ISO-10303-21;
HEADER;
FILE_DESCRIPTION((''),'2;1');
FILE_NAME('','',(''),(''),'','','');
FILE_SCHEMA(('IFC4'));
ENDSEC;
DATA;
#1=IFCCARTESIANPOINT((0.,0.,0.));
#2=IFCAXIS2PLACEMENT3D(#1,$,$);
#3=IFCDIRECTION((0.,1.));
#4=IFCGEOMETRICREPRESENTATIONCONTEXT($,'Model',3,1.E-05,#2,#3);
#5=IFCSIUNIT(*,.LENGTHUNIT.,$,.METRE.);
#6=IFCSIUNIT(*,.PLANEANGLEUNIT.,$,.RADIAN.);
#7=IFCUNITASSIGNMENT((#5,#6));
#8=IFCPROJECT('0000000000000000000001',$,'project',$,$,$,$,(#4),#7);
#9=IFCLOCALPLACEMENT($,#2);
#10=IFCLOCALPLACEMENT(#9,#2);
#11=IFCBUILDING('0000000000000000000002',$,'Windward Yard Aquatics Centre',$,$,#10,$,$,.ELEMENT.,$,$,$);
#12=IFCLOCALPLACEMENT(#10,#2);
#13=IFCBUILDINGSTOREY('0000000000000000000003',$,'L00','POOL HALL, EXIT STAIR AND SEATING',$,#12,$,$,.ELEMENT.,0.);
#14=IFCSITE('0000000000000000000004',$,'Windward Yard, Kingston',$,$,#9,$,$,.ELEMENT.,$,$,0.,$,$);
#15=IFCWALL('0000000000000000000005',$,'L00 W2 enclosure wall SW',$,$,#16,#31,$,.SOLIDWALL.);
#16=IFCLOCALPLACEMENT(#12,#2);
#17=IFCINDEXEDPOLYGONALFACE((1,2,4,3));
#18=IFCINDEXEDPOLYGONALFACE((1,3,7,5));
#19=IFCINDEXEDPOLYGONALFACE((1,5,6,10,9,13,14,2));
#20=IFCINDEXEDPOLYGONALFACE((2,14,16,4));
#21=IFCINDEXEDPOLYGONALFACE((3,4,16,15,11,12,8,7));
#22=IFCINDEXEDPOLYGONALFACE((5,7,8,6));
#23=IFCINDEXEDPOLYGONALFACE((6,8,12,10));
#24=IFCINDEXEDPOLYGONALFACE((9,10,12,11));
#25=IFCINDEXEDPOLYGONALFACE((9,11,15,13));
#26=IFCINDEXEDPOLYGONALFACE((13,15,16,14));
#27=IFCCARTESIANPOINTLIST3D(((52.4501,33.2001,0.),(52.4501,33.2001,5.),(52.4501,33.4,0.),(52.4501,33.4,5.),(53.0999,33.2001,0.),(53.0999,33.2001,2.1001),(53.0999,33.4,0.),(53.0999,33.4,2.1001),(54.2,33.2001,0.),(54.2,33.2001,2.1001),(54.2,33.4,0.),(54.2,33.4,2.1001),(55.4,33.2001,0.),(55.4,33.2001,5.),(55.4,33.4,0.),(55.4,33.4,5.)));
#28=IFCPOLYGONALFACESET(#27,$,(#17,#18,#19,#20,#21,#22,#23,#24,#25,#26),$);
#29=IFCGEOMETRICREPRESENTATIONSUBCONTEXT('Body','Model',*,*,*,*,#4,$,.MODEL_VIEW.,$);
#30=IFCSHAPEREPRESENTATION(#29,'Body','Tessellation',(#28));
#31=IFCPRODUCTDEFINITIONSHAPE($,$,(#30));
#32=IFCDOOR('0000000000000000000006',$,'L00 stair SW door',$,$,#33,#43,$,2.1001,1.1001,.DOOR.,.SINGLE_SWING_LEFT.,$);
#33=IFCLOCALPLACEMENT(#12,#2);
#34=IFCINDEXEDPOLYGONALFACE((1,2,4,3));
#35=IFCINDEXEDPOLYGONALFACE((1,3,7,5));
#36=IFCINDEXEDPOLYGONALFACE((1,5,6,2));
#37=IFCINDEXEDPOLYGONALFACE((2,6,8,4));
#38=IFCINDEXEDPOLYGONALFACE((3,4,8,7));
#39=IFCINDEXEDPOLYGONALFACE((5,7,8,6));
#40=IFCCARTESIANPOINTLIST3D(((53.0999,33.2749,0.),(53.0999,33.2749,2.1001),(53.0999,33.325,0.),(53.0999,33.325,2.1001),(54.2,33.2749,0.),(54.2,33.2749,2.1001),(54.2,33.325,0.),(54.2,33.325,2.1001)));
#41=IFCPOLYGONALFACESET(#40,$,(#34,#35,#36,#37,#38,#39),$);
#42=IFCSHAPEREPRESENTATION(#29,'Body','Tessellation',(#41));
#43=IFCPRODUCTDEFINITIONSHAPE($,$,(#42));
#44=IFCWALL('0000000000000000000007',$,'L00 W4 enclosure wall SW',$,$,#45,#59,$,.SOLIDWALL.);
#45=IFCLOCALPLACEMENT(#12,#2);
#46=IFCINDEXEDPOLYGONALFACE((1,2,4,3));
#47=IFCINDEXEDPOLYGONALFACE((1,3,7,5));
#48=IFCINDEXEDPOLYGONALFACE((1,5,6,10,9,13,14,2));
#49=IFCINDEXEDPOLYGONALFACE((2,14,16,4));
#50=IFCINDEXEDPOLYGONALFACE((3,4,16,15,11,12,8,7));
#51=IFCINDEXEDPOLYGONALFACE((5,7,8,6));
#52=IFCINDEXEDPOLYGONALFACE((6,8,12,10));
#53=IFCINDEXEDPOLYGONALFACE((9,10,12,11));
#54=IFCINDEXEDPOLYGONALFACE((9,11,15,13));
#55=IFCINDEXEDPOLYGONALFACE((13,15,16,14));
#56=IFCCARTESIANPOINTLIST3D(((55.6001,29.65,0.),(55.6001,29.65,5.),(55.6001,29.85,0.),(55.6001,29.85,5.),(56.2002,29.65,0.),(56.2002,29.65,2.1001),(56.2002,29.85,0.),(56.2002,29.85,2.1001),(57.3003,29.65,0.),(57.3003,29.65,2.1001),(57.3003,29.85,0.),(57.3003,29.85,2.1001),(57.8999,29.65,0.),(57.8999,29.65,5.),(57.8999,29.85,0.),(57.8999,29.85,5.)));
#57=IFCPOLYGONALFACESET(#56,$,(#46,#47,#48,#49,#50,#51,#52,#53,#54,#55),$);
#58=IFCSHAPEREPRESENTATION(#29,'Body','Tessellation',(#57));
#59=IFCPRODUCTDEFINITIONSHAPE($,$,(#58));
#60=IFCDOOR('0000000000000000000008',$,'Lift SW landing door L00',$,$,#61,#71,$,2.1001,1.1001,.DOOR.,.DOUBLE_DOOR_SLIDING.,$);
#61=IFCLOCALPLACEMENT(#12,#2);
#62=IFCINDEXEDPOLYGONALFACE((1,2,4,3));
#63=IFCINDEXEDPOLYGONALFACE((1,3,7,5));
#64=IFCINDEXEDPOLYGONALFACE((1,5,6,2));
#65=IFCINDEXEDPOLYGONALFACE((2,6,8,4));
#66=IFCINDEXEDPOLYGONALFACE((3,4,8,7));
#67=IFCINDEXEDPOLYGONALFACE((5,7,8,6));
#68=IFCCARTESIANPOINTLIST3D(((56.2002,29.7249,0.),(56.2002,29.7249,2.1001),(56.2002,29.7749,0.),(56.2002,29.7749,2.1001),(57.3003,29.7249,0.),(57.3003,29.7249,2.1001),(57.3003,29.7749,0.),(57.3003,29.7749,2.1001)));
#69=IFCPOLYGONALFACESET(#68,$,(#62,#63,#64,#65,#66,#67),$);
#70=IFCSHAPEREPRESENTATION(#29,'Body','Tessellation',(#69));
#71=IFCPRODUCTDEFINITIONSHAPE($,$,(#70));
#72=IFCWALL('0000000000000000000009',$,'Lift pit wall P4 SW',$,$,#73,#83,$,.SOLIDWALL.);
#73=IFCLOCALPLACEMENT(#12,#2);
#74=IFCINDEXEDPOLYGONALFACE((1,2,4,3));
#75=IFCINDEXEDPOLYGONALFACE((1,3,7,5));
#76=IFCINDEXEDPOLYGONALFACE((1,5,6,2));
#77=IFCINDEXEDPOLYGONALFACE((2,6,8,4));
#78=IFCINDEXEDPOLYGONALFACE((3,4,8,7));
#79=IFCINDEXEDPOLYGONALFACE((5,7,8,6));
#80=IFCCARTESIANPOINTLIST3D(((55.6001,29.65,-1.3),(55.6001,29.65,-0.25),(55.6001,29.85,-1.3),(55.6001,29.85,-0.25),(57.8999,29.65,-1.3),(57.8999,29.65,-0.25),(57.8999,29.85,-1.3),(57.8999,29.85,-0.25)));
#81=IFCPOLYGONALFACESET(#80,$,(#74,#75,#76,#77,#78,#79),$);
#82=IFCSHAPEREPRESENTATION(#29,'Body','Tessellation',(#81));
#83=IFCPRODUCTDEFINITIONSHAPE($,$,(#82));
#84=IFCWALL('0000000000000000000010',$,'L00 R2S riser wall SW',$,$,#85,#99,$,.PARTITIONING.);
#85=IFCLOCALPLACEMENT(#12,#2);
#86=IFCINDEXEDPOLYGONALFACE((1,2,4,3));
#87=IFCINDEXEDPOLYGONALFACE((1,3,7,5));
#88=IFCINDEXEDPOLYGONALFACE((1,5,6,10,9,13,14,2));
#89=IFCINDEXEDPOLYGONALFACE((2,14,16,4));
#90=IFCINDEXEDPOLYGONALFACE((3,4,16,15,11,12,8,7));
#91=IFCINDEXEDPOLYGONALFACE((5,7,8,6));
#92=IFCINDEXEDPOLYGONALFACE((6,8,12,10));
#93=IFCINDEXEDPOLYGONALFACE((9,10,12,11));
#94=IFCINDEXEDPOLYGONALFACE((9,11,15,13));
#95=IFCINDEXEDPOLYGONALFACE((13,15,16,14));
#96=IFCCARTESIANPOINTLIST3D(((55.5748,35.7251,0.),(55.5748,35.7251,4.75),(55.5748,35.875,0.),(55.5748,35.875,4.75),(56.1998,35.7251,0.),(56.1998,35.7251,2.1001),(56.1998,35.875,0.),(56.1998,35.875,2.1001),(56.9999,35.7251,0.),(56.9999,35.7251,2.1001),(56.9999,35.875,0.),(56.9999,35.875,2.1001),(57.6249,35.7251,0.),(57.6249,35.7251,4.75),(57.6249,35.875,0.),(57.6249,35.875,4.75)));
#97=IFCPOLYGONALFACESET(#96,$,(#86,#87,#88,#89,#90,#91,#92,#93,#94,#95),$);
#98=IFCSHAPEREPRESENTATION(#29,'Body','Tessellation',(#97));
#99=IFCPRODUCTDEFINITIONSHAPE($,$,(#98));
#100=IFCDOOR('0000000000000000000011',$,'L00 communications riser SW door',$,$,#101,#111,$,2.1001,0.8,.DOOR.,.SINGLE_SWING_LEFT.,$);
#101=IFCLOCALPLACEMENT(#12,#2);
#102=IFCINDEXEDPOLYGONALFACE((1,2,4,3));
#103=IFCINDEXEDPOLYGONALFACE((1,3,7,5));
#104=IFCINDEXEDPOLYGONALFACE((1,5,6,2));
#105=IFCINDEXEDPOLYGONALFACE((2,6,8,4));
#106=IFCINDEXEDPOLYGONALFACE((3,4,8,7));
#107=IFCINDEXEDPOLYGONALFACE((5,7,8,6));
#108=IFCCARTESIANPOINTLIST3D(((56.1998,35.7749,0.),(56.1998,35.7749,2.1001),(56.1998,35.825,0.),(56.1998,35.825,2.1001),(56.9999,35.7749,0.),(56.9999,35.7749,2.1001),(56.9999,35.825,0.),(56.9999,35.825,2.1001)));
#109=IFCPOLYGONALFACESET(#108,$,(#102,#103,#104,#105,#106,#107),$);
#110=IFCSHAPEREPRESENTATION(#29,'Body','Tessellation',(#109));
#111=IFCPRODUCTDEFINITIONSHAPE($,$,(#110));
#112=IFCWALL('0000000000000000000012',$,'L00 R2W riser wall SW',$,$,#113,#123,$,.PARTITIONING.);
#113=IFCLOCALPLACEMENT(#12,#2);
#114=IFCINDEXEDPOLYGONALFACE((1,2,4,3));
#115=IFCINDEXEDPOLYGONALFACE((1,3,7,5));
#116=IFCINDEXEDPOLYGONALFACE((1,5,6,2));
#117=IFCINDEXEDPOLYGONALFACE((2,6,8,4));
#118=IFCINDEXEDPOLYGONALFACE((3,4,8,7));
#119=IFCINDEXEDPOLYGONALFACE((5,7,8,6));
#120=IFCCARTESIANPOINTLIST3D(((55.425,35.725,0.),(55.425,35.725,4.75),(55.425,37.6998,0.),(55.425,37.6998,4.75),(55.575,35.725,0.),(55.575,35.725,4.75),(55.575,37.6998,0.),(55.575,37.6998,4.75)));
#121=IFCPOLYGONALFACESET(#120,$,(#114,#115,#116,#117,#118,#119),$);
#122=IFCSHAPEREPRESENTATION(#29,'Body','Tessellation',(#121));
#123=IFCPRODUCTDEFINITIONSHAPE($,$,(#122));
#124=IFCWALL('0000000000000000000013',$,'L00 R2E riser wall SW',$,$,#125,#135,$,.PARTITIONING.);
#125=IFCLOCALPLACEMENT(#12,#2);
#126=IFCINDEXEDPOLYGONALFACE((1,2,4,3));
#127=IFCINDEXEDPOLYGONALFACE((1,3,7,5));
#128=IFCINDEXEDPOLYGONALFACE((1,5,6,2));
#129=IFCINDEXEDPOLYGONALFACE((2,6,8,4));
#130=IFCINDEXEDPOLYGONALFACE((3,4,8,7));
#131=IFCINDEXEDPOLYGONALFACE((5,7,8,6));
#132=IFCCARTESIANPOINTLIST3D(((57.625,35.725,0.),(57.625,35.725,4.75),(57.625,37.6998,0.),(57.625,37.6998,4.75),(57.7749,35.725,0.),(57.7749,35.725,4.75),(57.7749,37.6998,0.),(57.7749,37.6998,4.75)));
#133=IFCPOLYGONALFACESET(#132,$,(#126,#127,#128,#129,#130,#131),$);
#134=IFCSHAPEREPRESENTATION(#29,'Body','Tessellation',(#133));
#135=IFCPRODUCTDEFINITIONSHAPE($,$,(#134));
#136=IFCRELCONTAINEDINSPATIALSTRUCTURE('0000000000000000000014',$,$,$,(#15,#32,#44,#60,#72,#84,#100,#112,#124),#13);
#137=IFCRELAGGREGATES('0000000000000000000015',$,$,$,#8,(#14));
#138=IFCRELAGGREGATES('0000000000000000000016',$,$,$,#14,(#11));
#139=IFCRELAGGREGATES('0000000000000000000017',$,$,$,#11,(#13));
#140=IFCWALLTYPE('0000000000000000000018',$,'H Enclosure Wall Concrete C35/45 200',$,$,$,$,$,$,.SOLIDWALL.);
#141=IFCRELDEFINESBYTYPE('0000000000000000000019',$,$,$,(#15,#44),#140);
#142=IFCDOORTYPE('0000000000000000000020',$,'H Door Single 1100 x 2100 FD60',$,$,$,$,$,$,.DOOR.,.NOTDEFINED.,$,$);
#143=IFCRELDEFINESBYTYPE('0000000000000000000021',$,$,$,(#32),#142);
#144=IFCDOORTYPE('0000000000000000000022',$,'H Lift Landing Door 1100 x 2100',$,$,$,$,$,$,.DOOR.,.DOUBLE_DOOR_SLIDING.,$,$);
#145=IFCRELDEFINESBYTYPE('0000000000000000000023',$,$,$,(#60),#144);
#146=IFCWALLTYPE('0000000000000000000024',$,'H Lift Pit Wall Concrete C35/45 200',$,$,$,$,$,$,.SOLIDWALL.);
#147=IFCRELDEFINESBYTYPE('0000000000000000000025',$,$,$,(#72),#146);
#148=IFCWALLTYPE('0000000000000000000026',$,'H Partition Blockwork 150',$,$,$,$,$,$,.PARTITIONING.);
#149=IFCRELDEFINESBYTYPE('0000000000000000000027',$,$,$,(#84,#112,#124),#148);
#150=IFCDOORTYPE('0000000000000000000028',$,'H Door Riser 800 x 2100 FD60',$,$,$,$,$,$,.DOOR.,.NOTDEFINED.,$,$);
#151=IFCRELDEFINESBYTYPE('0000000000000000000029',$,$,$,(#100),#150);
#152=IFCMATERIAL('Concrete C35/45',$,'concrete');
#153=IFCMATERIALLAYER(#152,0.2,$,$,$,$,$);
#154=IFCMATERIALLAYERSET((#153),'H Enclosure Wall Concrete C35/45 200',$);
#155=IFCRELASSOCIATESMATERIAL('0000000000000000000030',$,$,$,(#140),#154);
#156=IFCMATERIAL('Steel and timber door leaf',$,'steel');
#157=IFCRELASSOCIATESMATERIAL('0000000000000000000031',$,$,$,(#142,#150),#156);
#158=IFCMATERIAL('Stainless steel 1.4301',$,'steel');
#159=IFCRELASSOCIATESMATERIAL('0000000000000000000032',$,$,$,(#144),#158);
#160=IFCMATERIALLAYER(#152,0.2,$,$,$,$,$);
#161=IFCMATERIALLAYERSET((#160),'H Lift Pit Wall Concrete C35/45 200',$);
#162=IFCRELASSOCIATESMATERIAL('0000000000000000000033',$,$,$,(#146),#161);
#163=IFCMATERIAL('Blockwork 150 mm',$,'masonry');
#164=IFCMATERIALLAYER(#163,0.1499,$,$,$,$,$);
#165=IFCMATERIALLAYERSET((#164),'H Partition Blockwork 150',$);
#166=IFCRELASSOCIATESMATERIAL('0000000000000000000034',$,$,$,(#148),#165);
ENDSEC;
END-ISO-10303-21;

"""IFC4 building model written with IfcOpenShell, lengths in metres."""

from ifc_helpers import new_model, si_unit, direction, frame, frame_2d, origin, place, context, subcontext, project, spatial, rectangle, extrude, material, layer, layer_set, type_object, element, fill, save


model = new_model("IFC4")

# Units and contexts
model_context = context("Model", 3, precision=1e-05, world=origin(), true_north=direction((0.0, 1.0)))
body_context = subcontext(model_context, "Body", "Model", "MODEL_VIEW")
ifc_project = project(units=[si_unit("LENGTHUNIT", "METRE"), si_unit("PLANEANGLEUNIT", "RADIAN")], contexts=[model_context])

# Site, building, storey
site_placement = place(None, origin())
site = spatial("IfcSite", under=ifc_project, at=site_placement, Name="Windward Yard, Kingston", CompositionType="ELEMENT", RefElevation=0.0)
building_placement = place(site_placement, origin())
building = spatial("IfcBuilding", under=site, at=building_placement, Name="Windward Yard Aquatics Centre", CompositionType="ELEMENT")
storey_placement = place(building_placement, origin())
storey = spatial("IfcBuildingStorey", under=building, at=storey_placement, Name="L00", Description="POOL HALL, EXIT STAIR AND SEATING", CompositionType="ELEMENT", Elevation=0.0)

# Shared definitions
ifc_material_1 = material(Name="Concrete C35/45", Category="concrete")

# Walls, openings, doors
ifc_layer_1 = layer(ifc_material_1, 0.2)
ifc_layer_set_1 = layer_set([ifc_layer_1], Name="H Enclosure Wall Concrete C35/45 200")
wall_type_1 = type_object("IfcWallType", Name="H Enclosure Wall Concrete C35/45 200", PredefinedType="SOLIDWALL", material=ifc_layer_set_1)
wall_1_placement = place(storey_placement, frame((52.45, 33.3, 0.0), z_axis=(0.0, 0.0, 1.0), x_axis=(1.0, 0.0, 0.0)))
wall_1 = element("IfcWall", 1, at=wall_1_placement, inside=storey, type_object=wall_type_1, Name="L00 W2 enclosure wall SW", PredefinedType="SOLIDWALL", context=body_context, shape_type="SweptSolid", body=[
    extrude(rectangle(XDim=2.95, YDim=0.2, at=frame_2d((1.4751, 0.0))), origin(), (0.0, 0.0, 1.0), 5.0),
])
opening_1_placement = place(wall_1_placement, frame((0.6499, 0.0, 0.0)))
opening_1 = element("IfcOpeningElement", 2, at=opening_1_placement, cuts=wall_1, PredefinedType="OPENING", context=body_context, shape_type="SweptSolid", body=[
    extrude(rectangle(XDim=1.1001, YDim=2.1001, at=frame_2d((0.55, 1.05))), frame((0.0, 0.1099, 0.0), z_axis=(0.0, -1.0, 0.0), x_axis=(1.0, 0.0, 0.0)), (0.0, 0.0, 1.0), 0.22),
])
ifc_material_2 = material(Name="Steel and timber door leaf", Category="steel")
door_type_1 = type_object("IfcDoorType", Name="H Door Single 1100 x 2100 FD60", OperationType="NOTDEFINED", PredefinedType="DOOR", material=ifc_material_2)
door_1_placement = place(opening_1_placement, origin())
door_1 = element("IfcDoor", 3, at=door_1_placement, inside=storey, type_object=door_type_1, Name="L00 stair SW door", OperationType="SINGLE_SWING_LEFT", OverallHeight=2.1001, OverallWidth=1.1001, PredefinedType="DOOR", context=body_context, shape_type="SweptSolid", body=[
    extrude(rectangle(XDim=1.1001, YDim=2.1001, at=frame_2d((0.55, 1.05))), frame((0.0, 0.0249, 0.0), z_axis=(0.0, -1.0, 0.0), x_axis=(1.0, 0.0, 0.0)), (0.0, 0.0, 1.0), 0.05),
])
fill(opening_1, door_1)
wall_2_placement = place(storey_placement, frame((55.6001, 29.75, 0.0), z_axis=(0.0, 0.0, 1.0), x_axis=(1.0, 0.0, 0.0)))
wall_2 = element("IfcWall", 4, at=wall_2_placement, inside=storey, type_object=wall_type_1, Name="L00 W4 enclosure wall SW", PredefinedType="SOLIDWALL", context=body_context, shape_type="SweptSolid", body=[
    extrude(rectangle(XDim=2.2998, YDim=0.2, at=frame_2d((1.1499, 0.0))), origin(), (0.0, 0.0, 1.0), 5.0),
])
opening_2_placement = place(wall_2_placement, frame((0.6001, 0.0, 0.0)))
opening_2 = element("IfcOpeningElement", 5, at=opening_2_placement, cuts=wall_2, PredefinedType="OPENING", context=body_context, shape_type="SweptSolid", body=[
    extrude(rectangle(XDim=1.1001, YDim=2.1001, at=frame_2d((0.55, 1.05))), frame((0.0, 0.1099, 0.0), z_axis=(0.0, -1.0, 0.0), x_axis=(1.0, 0.0, 0.0)), (0.0, 0.0, 1.0), 0.22),
])
ifc_material_3 = material(Name="Stainless steel 1.4301", Category="steel")
door_type_2 = type_object("IfcDoorType", Name="H Lift Landing Door 1100 x 2100", OperationType="DOUBLE_DOOR_SLIDING", PredefinedType="DOOR", material=ifc_material_3)
door_2_placement = place(opening_2_placement, origin())
door_2 = element("IfcDoor", 6, at=door_2_placement, inside=storey, type_object=door_type_2, Name="Lift SW landing door L00", OperationType="DOUBLE_DOOR_SLIDING", OverallHeight=2.1001, OverallWidth=1.1001, PredefinedType="DOOR", context=body_context, shape_type="SweptSolid", body=[
    extrude(rectangle(XDim=1.1001, YDim=2.1001, at=frame_2d((0.55, 1.05))), frame((0.0, 0.0249, 0.0), z_axis=(0.0, -1.0, 0.0), x_axis=(1.0, 0.0, 0.0)), (0.0, 0.0, 1.0), 0.05),
])
fill(opening_2, door_2)

# Wall
ifc_layer_2 = layer(ifc_material_1, 0.2)
ifc_layer_set_2 = layer_set([ifc_layer_2], Name="H Lift Pit Wall Concrete C35/45 200")
wall_type_2 = type_object("IfcWallType", Name="H Lift Pit Wall Concrete C35/45 200", PredefinedType="SOLIDWALL", material=ifc_layer_set_2)
wall_3_placement = place(storey_placement, frame((55.6001, 29.75, -1.3), z_axis=(0.0, 0.0, 1.0), x_axis=(1.0, 0.0, 0.0)))
element("IfcWall", 7, at=wall_3_placement, inside=storey, type_object=wall_type_2, Name="Lift pit wall P4 SW", PredefinedType="SOLIDWALL", context=body_context, shape_type="SweptSolid", body=[
    extrude(rectangle(XDim=2.2998, YDim=0.2, at=frame_2d((1.1499, 0.0))), origin(), (0.0, 0.0, 1.0), 1.05),
])

# Wall, opening, door
ifc_material_4 = material(Name="Blockwork 150 mm", Category="masonry")
ifc_layer_3 = layer(ifc_material_4, 0.1499)
ifc_layer_set_3 = layer_set([ifc_layer_3], Name="H Partition Blockwork 150")
wall_type_3 = type_object("IfcWallType", Name="H Partition Blockwork 150", PredefinedType="PARTITIONING", material=ifc_layer_set_3)
wall_4_placement = place(storey_placement, frame((55.575, 35.8, 0.0), z_axis=(0.0, 0.0, 1.0), x_axis=(1.0, 0.0, 0.0)))
wall_4 = element("IfcWall", 8, at=wall_4_placement, inside=storey, type_object=wall_type_3, Name="L00 R2S riser wall SW", PredefinedType="PARTITIONING", context=body_context, shape_type="SweptSolid", body=[
    extrude(rectangle(XDim=2.05, YDim=0.1499, at=frame_2d((1.0249, 0.0))), origin(), (0.0, 0.0, 1.0), 4.75),
])
opening_3_placement = place(wall_4_placement, frame((0.625, 0.0, 0.0)))
opening_3 = element("IfcOpeningElement", 9, at=opening_3_placement, cuts=wall_4, PredefinedType="OPENING", context=body_context, shape_type="SweptSolid", body=[
    extrude(rectangle(XDim=0.8, YDim=2.1001, at=frame_2d((0.3999, 1.05))), frame((0.0, 0.085, 0.0), z_axis=(0.0, -1.0, 0.0), x_axis=(1.0, 0.0, 0.0)), (0.0, 0.0, 1.0), 0.1699),
])
door_type_3 = type_object("IfcDoorType", Name="H Door Riser 800 x 2100 FD60", OperationType="NOTDEFINED", PredefinedType="DOOR", material=ifc_material_2)
door_3_placement = place(opening_3_placement, origin())
door_3 = element("IfcDoor", 10, at=door_3_placement, inside=storey, type_object=door_type_3, Name="L00 communications riser SW door", OperationType="SINGLE_SWING_LEFT", OverallHeight=2.1001, OverallWidth=0.8, PredefinedType="DOOR", context=body_context, shape_type="SweptSolid", body=[
    extrude(rectangle(XDim=0.8, YDim=2.1001, at=frame_2d((0.3999, 1.05))), frame((0.0, 0.0249, 0.0), z_axis=(0.0, -1.0, 0.0), x_axis=(1.0, 0.0, 0.0)), (0.0, 0.0, 1.0), 0.05),
])
fill(opening_3, door_3)

# Walls
for number, where, z_axis, x_axis, name in (
    (11, (55.5, 35.7251, 0.0), (0.0, 0.0, 1.0), (0.0, 1.0, 0.0), "L00 R2W riser wall SW"),
    (12, (57.7, 35.7251, 0.0), (0.0, 0.0, 1.0), (0.0, 1.0, 0.0), "L00 R2E riser wall SW"),
):
    element("IfcWall", number, at=place(storey_placement, frame(where, z_axis=z_axis, x_axis=x_axis)), inside=storey, type_object=wall_type_3, Name=name, PredefinedType="PARTITIONING", context=body_context, shape_type="SweptSolid", body=[
        extrude(rectangle(XDim=1.9749, YDim=0.1499, at=frame_2d((0.9873, 0.0))), origin(), (0.0, 0.0, 1.0), 4.75),
    ])

save(model, "model.ifc")
